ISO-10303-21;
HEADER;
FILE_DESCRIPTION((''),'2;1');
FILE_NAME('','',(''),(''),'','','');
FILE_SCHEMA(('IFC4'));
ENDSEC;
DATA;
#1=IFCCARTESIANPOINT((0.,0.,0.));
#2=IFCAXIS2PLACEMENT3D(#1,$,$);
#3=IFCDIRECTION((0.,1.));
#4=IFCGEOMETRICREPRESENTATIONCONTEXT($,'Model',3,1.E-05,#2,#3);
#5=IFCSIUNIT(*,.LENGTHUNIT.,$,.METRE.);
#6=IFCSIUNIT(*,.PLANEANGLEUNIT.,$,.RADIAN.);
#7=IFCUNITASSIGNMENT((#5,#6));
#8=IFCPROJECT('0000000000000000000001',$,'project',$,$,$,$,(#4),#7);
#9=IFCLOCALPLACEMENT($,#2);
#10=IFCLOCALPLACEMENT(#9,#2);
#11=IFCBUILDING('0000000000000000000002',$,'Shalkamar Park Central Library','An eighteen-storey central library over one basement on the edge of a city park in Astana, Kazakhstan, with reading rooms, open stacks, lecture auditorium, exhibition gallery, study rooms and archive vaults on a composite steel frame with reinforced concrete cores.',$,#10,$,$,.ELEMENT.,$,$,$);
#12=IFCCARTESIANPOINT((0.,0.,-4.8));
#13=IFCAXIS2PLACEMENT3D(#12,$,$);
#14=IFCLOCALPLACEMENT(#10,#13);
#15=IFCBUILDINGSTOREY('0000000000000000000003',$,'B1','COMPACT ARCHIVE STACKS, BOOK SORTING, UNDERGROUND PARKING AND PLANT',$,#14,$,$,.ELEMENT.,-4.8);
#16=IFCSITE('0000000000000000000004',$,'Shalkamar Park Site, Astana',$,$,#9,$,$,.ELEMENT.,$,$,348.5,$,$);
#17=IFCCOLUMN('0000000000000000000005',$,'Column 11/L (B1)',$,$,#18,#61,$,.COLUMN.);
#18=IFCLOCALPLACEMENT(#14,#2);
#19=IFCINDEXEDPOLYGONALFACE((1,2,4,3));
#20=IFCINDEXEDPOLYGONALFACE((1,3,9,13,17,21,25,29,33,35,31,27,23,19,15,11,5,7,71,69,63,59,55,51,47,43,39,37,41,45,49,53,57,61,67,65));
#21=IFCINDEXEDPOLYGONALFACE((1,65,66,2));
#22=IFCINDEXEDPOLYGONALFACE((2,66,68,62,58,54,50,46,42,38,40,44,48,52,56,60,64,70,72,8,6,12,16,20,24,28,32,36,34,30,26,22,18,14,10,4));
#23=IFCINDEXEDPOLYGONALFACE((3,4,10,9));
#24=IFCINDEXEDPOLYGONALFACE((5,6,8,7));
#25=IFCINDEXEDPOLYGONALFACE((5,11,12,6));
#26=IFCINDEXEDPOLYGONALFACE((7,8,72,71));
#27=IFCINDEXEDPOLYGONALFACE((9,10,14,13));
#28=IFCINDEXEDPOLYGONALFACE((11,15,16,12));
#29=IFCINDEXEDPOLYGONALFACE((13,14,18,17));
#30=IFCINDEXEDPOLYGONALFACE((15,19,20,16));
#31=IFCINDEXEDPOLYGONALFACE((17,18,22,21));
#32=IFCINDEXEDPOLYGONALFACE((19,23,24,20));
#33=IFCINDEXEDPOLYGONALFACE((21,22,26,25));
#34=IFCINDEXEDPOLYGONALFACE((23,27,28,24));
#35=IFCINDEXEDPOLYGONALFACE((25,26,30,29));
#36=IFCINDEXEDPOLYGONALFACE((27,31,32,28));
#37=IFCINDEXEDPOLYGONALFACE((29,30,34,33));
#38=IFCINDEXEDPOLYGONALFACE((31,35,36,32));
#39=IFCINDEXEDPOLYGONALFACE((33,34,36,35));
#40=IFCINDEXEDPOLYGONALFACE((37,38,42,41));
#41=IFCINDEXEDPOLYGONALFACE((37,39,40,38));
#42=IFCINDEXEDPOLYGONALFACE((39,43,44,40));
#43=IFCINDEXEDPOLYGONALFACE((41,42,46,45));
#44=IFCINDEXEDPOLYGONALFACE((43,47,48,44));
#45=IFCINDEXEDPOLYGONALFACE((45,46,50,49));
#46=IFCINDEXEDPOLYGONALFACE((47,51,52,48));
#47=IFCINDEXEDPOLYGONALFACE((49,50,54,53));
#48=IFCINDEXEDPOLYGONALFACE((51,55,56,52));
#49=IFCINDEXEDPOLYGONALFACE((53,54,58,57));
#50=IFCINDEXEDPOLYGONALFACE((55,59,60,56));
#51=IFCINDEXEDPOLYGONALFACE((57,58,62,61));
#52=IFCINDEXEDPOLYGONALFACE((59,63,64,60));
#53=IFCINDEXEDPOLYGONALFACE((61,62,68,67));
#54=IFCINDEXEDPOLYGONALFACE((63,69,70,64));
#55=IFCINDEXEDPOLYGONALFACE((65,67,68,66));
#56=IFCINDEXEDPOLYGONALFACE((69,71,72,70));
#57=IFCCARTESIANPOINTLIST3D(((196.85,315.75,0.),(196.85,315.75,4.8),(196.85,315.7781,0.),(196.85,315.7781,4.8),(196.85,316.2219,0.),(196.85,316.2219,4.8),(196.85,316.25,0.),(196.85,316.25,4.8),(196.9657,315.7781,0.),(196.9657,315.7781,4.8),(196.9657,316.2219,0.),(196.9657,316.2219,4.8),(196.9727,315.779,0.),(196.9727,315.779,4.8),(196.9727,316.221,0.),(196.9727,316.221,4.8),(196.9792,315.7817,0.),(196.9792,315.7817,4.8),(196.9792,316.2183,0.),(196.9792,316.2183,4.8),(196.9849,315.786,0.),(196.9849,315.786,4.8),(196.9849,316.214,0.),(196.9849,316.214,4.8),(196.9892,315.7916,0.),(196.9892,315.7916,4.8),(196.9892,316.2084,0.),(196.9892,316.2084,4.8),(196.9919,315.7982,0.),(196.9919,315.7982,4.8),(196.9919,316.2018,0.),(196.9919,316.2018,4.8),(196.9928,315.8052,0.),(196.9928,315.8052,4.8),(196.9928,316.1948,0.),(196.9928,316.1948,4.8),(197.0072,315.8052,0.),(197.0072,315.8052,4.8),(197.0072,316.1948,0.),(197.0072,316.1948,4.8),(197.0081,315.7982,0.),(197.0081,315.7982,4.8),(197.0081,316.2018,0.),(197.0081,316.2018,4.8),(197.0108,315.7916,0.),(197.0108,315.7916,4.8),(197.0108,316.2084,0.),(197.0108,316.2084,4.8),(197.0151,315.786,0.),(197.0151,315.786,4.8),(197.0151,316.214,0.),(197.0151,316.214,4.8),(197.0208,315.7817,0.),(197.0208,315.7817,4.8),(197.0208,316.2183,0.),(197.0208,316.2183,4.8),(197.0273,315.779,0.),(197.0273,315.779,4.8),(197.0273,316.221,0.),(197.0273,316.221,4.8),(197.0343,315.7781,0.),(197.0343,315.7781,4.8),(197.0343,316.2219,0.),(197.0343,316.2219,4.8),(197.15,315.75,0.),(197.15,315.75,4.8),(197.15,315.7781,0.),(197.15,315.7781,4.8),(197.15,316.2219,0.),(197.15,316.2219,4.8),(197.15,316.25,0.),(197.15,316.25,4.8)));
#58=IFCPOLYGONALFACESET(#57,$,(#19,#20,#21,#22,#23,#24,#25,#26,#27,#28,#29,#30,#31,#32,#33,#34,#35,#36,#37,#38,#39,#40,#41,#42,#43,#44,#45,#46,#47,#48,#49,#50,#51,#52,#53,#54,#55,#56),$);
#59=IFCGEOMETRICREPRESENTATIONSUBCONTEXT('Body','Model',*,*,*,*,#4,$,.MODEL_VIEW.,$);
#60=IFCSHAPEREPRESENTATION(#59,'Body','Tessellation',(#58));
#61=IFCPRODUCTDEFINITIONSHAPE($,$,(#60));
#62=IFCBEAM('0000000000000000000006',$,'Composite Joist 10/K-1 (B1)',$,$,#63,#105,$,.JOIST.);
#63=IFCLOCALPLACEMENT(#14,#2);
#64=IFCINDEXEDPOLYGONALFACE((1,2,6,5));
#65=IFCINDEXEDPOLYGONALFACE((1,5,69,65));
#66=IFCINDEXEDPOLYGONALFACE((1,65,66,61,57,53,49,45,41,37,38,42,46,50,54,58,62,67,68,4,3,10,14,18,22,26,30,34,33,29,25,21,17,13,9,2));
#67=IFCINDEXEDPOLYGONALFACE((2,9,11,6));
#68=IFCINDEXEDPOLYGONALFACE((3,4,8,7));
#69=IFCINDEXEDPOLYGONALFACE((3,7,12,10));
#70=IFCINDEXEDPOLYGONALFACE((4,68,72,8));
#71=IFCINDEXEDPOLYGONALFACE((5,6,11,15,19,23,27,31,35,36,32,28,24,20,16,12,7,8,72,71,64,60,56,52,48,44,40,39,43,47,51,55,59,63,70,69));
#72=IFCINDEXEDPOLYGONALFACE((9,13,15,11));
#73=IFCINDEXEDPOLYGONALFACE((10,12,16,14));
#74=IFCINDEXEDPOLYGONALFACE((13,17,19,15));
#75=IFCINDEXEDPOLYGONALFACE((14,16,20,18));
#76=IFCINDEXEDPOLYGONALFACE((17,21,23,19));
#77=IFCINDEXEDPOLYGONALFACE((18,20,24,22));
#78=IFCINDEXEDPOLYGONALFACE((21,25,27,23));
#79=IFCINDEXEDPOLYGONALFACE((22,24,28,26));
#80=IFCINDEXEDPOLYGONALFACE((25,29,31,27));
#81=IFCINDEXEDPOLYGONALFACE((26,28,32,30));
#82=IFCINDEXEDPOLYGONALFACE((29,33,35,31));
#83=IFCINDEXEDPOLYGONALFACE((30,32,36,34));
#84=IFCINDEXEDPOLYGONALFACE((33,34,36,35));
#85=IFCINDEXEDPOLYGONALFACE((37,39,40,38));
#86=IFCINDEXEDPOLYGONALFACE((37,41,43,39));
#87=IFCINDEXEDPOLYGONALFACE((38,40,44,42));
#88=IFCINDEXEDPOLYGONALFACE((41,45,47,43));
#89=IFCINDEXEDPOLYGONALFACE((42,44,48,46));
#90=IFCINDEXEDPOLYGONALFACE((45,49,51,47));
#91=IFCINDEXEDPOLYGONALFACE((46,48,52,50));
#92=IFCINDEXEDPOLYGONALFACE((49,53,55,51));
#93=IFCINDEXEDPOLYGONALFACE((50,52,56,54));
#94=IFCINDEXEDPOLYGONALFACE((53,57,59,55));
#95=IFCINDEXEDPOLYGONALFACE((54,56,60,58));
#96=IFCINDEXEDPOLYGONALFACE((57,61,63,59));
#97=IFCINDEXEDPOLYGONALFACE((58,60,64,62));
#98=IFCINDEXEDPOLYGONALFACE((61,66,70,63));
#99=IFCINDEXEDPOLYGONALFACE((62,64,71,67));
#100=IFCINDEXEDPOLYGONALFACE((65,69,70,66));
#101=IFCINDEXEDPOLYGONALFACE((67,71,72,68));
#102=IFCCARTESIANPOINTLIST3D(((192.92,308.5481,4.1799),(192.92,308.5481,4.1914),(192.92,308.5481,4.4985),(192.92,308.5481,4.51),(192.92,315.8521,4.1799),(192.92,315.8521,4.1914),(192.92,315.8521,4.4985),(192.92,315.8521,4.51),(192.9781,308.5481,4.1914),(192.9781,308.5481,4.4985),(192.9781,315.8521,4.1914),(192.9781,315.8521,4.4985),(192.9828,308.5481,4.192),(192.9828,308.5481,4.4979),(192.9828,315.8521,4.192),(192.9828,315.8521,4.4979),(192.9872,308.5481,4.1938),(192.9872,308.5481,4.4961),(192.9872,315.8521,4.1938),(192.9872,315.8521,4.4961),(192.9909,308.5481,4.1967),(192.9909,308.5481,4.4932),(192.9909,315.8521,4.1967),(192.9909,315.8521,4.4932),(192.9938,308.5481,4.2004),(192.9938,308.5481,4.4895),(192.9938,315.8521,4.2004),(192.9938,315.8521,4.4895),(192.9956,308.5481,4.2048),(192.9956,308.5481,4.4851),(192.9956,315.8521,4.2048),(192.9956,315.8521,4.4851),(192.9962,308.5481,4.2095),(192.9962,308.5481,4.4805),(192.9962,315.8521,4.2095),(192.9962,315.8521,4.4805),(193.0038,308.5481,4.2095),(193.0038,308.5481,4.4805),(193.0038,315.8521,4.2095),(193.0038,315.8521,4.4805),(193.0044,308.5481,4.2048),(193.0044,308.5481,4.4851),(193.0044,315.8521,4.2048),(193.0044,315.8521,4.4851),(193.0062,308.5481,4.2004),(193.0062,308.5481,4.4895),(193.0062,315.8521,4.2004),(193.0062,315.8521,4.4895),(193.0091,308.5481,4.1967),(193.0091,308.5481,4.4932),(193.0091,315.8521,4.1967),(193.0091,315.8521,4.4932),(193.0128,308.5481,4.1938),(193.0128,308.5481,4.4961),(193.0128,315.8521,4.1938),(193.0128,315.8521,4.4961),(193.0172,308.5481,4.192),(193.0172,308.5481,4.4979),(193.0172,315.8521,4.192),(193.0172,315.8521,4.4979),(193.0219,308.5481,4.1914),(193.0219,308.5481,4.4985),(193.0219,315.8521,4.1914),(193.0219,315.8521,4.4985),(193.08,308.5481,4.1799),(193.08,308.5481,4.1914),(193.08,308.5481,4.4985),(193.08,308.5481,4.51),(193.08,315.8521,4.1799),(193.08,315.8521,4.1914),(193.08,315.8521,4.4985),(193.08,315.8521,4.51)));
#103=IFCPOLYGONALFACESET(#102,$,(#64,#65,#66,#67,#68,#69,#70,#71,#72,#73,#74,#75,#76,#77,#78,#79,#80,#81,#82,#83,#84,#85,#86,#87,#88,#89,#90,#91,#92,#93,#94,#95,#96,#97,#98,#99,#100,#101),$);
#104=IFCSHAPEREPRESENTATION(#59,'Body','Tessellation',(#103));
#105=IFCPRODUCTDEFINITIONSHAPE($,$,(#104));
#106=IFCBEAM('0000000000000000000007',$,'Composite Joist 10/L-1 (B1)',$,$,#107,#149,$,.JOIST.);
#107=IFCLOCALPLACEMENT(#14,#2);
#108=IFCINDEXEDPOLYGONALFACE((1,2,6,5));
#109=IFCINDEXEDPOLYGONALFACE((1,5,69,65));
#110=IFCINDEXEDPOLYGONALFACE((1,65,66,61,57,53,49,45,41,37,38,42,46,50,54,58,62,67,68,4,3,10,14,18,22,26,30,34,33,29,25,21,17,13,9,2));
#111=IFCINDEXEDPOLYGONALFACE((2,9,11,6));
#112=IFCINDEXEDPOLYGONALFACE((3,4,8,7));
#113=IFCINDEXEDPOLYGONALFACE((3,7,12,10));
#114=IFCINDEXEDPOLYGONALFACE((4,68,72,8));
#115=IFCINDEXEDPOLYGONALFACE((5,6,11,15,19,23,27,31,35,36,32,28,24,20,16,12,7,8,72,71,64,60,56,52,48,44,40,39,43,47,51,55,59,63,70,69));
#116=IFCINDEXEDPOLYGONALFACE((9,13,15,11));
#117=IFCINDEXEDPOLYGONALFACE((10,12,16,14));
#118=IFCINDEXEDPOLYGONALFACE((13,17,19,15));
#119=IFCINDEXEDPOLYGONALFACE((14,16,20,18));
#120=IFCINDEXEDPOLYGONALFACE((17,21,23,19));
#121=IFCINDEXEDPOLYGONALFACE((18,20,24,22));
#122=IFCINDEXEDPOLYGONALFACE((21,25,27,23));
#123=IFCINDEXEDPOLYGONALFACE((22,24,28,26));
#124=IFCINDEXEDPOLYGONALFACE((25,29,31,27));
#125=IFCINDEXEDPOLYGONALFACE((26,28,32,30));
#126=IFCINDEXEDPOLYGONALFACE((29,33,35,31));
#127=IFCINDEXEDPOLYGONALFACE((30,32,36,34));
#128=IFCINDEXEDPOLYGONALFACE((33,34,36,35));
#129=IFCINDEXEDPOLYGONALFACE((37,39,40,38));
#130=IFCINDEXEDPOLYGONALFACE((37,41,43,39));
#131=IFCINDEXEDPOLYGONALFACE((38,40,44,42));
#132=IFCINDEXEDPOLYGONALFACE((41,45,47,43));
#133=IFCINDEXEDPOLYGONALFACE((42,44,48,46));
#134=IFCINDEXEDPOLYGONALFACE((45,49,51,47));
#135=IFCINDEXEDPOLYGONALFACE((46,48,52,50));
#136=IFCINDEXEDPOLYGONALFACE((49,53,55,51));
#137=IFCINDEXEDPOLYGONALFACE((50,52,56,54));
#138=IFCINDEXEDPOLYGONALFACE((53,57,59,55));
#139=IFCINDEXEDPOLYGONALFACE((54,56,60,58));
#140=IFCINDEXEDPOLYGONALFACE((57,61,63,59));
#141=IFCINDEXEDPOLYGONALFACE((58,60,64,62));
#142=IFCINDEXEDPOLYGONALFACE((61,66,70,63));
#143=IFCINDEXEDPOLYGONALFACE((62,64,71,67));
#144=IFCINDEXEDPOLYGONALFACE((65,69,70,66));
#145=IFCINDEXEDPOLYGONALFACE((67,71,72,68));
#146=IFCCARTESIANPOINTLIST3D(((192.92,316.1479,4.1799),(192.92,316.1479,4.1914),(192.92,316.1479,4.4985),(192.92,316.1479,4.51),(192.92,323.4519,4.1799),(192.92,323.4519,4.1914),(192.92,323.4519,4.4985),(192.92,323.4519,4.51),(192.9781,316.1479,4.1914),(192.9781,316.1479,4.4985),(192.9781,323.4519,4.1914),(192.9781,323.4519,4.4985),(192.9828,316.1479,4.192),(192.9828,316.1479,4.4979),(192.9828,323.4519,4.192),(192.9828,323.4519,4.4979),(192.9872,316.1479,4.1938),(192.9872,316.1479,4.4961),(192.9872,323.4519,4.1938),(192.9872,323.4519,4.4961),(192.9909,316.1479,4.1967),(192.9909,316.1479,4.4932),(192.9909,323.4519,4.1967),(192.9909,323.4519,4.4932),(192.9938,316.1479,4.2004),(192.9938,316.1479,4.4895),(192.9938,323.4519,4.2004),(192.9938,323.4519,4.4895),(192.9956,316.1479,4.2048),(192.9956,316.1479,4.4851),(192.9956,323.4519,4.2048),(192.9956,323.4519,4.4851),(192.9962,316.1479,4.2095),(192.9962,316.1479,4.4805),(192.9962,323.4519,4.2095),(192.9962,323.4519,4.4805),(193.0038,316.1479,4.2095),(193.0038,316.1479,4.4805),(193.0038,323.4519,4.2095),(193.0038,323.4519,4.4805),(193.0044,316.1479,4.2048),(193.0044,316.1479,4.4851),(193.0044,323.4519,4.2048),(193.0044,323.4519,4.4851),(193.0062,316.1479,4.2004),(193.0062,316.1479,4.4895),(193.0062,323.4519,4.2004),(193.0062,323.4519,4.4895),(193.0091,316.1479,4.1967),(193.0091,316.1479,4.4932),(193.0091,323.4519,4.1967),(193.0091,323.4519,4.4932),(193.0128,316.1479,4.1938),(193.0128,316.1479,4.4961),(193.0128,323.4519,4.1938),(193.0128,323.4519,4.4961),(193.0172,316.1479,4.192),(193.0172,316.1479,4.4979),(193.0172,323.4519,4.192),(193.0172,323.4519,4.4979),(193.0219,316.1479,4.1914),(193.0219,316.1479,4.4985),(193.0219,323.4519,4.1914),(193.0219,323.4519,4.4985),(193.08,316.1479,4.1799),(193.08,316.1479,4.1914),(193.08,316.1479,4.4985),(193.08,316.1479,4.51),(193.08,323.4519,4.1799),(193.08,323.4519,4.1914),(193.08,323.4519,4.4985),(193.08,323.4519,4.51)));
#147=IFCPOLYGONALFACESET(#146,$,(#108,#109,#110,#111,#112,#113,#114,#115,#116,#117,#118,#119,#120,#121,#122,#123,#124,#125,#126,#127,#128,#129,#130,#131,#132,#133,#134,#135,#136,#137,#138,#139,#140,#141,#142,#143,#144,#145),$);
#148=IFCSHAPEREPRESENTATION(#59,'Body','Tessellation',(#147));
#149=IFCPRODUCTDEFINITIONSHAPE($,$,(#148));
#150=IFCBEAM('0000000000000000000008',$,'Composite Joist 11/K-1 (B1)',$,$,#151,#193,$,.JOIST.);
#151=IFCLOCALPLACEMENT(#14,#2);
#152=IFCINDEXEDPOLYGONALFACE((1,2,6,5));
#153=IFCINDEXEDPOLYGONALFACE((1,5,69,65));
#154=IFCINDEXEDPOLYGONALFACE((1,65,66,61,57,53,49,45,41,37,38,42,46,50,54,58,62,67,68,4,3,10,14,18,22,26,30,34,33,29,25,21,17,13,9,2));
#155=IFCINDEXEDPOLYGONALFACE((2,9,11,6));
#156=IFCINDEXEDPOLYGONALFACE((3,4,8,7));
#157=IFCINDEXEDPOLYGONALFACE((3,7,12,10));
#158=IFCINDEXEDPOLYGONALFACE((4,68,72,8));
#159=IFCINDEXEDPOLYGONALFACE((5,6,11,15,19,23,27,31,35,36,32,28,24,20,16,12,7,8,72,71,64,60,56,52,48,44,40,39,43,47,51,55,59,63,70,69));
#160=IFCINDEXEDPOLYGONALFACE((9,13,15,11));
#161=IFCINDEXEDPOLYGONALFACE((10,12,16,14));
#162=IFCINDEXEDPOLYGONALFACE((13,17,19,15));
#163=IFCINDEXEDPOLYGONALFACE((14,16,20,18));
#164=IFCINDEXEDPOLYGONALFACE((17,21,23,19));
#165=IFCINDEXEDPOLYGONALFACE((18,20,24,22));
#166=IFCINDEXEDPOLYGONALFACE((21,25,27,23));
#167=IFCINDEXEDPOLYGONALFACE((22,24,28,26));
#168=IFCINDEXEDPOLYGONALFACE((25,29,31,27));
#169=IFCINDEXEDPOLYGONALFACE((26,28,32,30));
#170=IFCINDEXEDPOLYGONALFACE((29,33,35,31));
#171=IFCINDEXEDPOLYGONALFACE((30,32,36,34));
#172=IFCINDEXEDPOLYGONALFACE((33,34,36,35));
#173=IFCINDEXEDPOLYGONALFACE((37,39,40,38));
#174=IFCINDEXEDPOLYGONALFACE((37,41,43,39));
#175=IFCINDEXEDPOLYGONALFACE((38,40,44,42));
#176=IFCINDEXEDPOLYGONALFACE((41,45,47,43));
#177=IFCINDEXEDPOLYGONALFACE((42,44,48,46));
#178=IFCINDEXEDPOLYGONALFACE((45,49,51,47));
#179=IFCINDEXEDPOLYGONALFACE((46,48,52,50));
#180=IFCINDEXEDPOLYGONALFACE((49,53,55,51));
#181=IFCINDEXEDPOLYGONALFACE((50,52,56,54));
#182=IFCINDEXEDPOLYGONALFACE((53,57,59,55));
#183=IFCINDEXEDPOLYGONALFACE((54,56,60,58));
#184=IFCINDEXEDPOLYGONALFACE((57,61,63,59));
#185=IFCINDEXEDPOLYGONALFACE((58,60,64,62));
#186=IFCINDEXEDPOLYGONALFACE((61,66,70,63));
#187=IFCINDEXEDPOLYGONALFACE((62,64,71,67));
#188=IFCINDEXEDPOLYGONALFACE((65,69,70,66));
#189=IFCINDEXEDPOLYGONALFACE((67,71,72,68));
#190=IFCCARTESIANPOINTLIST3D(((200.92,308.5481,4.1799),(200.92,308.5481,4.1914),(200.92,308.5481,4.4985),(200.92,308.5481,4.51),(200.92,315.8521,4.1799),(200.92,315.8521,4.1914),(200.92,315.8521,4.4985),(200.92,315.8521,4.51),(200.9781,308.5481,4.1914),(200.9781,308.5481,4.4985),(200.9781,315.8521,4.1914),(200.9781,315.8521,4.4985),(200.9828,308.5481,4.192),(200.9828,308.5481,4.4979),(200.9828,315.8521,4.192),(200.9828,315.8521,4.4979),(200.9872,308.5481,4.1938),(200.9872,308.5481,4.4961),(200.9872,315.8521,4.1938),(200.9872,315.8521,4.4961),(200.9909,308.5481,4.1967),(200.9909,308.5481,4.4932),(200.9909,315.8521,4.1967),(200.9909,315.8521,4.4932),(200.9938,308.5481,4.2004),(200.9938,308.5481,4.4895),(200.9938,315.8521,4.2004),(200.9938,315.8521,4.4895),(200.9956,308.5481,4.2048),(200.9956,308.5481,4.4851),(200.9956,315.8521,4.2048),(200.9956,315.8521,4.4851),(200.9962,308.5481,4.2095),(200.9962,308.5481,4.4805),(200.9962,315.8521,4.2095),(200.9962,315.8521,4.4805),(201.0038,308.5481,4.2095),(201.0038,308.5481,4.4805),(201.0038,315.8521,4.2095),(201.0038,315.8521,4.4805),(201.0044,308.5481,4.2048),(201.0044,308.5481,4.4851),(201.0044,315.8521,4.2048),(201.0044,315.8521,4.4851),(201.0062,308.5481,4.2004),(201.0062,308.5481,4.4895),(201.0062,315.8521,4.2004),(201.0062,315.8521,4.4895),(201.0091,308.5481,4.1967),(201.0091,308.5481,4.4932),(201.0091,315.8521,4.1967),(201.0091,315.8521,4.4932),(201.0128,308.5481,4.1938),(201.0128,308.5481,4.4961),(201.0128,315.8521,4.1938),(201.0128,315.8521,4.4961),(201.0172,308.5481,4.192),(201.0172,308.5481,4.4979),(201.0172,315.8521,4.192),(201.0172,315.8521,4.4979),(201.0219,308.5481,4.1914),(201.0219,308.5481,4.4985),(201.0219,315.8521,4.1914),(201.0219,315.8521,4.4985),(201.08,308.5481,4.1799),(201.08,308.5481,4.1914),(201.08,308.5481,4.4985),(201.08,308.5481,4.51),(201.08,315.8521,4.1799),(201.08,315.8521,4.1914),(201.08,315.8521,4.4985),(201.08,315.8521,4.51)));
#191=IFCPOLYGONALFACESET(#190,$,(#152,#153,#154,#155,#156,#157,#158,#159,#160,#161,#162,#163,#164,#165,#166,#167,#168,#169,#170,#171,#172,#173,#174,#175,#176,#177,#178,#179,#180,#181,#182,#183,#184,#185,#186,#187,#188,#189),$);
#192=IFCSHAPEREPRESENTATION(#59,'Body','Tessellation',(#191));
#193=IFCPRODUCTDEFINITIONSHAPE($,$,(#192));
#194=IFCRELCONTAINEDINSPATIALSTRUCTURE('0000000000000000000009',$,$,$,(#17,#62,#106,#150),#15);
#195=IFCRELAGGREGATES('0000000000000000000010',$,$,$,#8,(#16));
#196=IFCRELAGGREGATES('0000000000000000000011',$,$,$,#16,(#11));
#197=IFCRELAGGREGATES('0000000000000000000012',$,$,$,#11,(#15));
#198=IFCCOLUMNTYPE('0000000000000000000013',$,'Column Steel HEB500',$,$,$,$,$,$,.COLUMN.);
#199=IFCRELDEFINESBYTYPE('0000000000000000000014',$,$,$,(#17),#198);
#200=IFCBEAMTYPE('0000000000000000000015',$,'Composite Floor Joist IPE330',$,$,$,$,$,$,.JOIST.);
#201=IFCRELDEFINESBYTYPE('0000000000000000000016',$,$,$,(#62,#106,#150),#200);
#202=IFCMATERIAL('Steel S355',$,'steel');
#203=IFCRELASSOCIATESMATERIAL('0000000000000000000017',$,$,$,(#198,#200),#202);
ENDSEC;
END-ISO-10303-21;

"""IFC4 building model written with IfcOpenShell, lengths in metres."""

from ifc_helpers import new_model, si_unit, direction, frame, origin, origin_2d, place, context, subcontext, project, spatial, i_section, extrude, material, material_profile, profile_set, type_object, element, save


model = new_model("IFC4")

# Units and contexts
model_context = context("Model", 3, precision=1e-05, world=origin(), true_north=direction((0.0, 1.0)))
body_context = subcontext(model_context, "Body", "Model", "MODEL_VIEW")
ifc_project = project(units=[si_unit("LENGTHUNIT", "METRE"), si_unit("PLANEANGLEUNIT", "RADIAN")], contexts=[model_context])

# Site, building, storey
site_placement = place(None, origin())
site = spatial("IfcSite", under=ifc_project, at=site_placement, Name="Shalkamar Park Site, Astana", CompositionType="ELEMENT", RefElevation=348.5)
building_placement = place(site_placement, origin())
building = spatial("IfcBuilding", under=site, at=building_placement, Name="Shalkamar Park Central Library", Description="An eighteen-storey central library over one basement on the edge of a city park in Astana, Kazakhstan, with reading rooms, open stacks, lecture auditorium, exhibition gallery, study rooms and archive vaults on a composite steel frame with reinforced concrete cores.", CompositionType="ELEMENT")
storey_placement = place(building_placement, frame((0.0, 0.0, -4.8)))
storey = spatial("IfcBuildingStorey", under=building, at=storey_placement, Name="B1", Description="COMPACT ARCHIVE STACKS, BOOK SORTING, UNDERGROUND PARKING AND PLANT", CompositionType="ELEMENT", Elevation=-4.8)

# Column
ifc_material_1 = material(Name="Steel S355", Category="steel")
ifc_material_profile_1 = material_profile(ifc_material_1, i_section(OverallWidth=0.3, OverallDepth=0.5, WebThickness=0.0144, FlangeThickness=0.0281, FilletRadius=0.0271, at=origin_2d()), Name="HEB 500")
ifc_profile_set_1 = profile_set([ifc_material_profile_1], Name="Steel S355")
column_type = type_object("IfcColumnType", Name="Column Steel HEB500", PredefinedType="COLUMN", material=ifc_profile_set_1)
for number, where, z_axis, x_axis, name in (
    (1, (197.0, 316.0, 0.0), (0.0, 0.0, 1.0), (1.0, 0.0, 0.0), "Column 11/L (B1)"),
):
    element("IfcColumn", number, at=place(storey_placement, frame(where, z_axis=z_axis, x_axis=x_axis)), inside=storey, type_object=column_type, Name=name, PredefinedType="COLUMN", context=body_context, shape_type="SweptSolid", body=[
        extrude(i_section(OverallWidth=0.3, OverallDepth=0.5, WebThickness=0.0144, FlangeThickness=0.0281, FilletRadius=0.0271, at=origin_2d()), origin(), (0.0, 0.0, 1.0), 4.8),
    ])

# Beams
ifc_material_profile_2 = material_profile(ifc_material_1, i_section(OverallWidth=0.1599, OverallDepth=0.3301, WebThickness=0.0076, FlangeThickness=0.0115, FilletRadius=0.0181, at=origin_2d()), Name="IPE 330")
ifc_profile_set_2 = profile_set([ifc_material_profile_2], Name="Steel S355")
beam_type_1 = type_object("IfcBeamType", Name="Composite Floor Joist IPE330", PredefinedType="JOIST", material=ifc_profile_set_2)
for number, where, z_axis, x_axis, name in (
    (2, (193.0, 308.5481, 4.345), (0.0, 1.0, 0.0), (-1.0, 0.0, 0.0), "Composite Joist 10/K-1 (B1)"),
    (3, (193.0, 316.1479, 4.345), (0.0, 1.0, 0.0), (-1.0, 0.0, 0.0), "Composite Joist 10/L-1 (B1)"),
    (4, (201.0, 308.5481, 4.345), (0.0, 1.0, 0.0), (-1.0, 0.0, 0.0), "Composite Joist 11/K-1 (B1)"),
):
    element("IfcBeam", number, at=place(storey_placement, frame(where, z_axis=z_axis, x_axis=x_axis)), inside=storey, type_object=beam_type_1, Name=name, PredefinedType="JOIST", context=body_context, shape_type="SweptSolid", body=[
        extrude(i_section(OverallWidth=0.1599, OverallDepth=0.3301, WebThickness=0.0076, FlangeThickness=0.0115, FilletRadius=0.0181, at=origin_2d()), origin(), (0.0, 0.0, 1.0), 7.304),
    ])

save(model, "model.ifc")
